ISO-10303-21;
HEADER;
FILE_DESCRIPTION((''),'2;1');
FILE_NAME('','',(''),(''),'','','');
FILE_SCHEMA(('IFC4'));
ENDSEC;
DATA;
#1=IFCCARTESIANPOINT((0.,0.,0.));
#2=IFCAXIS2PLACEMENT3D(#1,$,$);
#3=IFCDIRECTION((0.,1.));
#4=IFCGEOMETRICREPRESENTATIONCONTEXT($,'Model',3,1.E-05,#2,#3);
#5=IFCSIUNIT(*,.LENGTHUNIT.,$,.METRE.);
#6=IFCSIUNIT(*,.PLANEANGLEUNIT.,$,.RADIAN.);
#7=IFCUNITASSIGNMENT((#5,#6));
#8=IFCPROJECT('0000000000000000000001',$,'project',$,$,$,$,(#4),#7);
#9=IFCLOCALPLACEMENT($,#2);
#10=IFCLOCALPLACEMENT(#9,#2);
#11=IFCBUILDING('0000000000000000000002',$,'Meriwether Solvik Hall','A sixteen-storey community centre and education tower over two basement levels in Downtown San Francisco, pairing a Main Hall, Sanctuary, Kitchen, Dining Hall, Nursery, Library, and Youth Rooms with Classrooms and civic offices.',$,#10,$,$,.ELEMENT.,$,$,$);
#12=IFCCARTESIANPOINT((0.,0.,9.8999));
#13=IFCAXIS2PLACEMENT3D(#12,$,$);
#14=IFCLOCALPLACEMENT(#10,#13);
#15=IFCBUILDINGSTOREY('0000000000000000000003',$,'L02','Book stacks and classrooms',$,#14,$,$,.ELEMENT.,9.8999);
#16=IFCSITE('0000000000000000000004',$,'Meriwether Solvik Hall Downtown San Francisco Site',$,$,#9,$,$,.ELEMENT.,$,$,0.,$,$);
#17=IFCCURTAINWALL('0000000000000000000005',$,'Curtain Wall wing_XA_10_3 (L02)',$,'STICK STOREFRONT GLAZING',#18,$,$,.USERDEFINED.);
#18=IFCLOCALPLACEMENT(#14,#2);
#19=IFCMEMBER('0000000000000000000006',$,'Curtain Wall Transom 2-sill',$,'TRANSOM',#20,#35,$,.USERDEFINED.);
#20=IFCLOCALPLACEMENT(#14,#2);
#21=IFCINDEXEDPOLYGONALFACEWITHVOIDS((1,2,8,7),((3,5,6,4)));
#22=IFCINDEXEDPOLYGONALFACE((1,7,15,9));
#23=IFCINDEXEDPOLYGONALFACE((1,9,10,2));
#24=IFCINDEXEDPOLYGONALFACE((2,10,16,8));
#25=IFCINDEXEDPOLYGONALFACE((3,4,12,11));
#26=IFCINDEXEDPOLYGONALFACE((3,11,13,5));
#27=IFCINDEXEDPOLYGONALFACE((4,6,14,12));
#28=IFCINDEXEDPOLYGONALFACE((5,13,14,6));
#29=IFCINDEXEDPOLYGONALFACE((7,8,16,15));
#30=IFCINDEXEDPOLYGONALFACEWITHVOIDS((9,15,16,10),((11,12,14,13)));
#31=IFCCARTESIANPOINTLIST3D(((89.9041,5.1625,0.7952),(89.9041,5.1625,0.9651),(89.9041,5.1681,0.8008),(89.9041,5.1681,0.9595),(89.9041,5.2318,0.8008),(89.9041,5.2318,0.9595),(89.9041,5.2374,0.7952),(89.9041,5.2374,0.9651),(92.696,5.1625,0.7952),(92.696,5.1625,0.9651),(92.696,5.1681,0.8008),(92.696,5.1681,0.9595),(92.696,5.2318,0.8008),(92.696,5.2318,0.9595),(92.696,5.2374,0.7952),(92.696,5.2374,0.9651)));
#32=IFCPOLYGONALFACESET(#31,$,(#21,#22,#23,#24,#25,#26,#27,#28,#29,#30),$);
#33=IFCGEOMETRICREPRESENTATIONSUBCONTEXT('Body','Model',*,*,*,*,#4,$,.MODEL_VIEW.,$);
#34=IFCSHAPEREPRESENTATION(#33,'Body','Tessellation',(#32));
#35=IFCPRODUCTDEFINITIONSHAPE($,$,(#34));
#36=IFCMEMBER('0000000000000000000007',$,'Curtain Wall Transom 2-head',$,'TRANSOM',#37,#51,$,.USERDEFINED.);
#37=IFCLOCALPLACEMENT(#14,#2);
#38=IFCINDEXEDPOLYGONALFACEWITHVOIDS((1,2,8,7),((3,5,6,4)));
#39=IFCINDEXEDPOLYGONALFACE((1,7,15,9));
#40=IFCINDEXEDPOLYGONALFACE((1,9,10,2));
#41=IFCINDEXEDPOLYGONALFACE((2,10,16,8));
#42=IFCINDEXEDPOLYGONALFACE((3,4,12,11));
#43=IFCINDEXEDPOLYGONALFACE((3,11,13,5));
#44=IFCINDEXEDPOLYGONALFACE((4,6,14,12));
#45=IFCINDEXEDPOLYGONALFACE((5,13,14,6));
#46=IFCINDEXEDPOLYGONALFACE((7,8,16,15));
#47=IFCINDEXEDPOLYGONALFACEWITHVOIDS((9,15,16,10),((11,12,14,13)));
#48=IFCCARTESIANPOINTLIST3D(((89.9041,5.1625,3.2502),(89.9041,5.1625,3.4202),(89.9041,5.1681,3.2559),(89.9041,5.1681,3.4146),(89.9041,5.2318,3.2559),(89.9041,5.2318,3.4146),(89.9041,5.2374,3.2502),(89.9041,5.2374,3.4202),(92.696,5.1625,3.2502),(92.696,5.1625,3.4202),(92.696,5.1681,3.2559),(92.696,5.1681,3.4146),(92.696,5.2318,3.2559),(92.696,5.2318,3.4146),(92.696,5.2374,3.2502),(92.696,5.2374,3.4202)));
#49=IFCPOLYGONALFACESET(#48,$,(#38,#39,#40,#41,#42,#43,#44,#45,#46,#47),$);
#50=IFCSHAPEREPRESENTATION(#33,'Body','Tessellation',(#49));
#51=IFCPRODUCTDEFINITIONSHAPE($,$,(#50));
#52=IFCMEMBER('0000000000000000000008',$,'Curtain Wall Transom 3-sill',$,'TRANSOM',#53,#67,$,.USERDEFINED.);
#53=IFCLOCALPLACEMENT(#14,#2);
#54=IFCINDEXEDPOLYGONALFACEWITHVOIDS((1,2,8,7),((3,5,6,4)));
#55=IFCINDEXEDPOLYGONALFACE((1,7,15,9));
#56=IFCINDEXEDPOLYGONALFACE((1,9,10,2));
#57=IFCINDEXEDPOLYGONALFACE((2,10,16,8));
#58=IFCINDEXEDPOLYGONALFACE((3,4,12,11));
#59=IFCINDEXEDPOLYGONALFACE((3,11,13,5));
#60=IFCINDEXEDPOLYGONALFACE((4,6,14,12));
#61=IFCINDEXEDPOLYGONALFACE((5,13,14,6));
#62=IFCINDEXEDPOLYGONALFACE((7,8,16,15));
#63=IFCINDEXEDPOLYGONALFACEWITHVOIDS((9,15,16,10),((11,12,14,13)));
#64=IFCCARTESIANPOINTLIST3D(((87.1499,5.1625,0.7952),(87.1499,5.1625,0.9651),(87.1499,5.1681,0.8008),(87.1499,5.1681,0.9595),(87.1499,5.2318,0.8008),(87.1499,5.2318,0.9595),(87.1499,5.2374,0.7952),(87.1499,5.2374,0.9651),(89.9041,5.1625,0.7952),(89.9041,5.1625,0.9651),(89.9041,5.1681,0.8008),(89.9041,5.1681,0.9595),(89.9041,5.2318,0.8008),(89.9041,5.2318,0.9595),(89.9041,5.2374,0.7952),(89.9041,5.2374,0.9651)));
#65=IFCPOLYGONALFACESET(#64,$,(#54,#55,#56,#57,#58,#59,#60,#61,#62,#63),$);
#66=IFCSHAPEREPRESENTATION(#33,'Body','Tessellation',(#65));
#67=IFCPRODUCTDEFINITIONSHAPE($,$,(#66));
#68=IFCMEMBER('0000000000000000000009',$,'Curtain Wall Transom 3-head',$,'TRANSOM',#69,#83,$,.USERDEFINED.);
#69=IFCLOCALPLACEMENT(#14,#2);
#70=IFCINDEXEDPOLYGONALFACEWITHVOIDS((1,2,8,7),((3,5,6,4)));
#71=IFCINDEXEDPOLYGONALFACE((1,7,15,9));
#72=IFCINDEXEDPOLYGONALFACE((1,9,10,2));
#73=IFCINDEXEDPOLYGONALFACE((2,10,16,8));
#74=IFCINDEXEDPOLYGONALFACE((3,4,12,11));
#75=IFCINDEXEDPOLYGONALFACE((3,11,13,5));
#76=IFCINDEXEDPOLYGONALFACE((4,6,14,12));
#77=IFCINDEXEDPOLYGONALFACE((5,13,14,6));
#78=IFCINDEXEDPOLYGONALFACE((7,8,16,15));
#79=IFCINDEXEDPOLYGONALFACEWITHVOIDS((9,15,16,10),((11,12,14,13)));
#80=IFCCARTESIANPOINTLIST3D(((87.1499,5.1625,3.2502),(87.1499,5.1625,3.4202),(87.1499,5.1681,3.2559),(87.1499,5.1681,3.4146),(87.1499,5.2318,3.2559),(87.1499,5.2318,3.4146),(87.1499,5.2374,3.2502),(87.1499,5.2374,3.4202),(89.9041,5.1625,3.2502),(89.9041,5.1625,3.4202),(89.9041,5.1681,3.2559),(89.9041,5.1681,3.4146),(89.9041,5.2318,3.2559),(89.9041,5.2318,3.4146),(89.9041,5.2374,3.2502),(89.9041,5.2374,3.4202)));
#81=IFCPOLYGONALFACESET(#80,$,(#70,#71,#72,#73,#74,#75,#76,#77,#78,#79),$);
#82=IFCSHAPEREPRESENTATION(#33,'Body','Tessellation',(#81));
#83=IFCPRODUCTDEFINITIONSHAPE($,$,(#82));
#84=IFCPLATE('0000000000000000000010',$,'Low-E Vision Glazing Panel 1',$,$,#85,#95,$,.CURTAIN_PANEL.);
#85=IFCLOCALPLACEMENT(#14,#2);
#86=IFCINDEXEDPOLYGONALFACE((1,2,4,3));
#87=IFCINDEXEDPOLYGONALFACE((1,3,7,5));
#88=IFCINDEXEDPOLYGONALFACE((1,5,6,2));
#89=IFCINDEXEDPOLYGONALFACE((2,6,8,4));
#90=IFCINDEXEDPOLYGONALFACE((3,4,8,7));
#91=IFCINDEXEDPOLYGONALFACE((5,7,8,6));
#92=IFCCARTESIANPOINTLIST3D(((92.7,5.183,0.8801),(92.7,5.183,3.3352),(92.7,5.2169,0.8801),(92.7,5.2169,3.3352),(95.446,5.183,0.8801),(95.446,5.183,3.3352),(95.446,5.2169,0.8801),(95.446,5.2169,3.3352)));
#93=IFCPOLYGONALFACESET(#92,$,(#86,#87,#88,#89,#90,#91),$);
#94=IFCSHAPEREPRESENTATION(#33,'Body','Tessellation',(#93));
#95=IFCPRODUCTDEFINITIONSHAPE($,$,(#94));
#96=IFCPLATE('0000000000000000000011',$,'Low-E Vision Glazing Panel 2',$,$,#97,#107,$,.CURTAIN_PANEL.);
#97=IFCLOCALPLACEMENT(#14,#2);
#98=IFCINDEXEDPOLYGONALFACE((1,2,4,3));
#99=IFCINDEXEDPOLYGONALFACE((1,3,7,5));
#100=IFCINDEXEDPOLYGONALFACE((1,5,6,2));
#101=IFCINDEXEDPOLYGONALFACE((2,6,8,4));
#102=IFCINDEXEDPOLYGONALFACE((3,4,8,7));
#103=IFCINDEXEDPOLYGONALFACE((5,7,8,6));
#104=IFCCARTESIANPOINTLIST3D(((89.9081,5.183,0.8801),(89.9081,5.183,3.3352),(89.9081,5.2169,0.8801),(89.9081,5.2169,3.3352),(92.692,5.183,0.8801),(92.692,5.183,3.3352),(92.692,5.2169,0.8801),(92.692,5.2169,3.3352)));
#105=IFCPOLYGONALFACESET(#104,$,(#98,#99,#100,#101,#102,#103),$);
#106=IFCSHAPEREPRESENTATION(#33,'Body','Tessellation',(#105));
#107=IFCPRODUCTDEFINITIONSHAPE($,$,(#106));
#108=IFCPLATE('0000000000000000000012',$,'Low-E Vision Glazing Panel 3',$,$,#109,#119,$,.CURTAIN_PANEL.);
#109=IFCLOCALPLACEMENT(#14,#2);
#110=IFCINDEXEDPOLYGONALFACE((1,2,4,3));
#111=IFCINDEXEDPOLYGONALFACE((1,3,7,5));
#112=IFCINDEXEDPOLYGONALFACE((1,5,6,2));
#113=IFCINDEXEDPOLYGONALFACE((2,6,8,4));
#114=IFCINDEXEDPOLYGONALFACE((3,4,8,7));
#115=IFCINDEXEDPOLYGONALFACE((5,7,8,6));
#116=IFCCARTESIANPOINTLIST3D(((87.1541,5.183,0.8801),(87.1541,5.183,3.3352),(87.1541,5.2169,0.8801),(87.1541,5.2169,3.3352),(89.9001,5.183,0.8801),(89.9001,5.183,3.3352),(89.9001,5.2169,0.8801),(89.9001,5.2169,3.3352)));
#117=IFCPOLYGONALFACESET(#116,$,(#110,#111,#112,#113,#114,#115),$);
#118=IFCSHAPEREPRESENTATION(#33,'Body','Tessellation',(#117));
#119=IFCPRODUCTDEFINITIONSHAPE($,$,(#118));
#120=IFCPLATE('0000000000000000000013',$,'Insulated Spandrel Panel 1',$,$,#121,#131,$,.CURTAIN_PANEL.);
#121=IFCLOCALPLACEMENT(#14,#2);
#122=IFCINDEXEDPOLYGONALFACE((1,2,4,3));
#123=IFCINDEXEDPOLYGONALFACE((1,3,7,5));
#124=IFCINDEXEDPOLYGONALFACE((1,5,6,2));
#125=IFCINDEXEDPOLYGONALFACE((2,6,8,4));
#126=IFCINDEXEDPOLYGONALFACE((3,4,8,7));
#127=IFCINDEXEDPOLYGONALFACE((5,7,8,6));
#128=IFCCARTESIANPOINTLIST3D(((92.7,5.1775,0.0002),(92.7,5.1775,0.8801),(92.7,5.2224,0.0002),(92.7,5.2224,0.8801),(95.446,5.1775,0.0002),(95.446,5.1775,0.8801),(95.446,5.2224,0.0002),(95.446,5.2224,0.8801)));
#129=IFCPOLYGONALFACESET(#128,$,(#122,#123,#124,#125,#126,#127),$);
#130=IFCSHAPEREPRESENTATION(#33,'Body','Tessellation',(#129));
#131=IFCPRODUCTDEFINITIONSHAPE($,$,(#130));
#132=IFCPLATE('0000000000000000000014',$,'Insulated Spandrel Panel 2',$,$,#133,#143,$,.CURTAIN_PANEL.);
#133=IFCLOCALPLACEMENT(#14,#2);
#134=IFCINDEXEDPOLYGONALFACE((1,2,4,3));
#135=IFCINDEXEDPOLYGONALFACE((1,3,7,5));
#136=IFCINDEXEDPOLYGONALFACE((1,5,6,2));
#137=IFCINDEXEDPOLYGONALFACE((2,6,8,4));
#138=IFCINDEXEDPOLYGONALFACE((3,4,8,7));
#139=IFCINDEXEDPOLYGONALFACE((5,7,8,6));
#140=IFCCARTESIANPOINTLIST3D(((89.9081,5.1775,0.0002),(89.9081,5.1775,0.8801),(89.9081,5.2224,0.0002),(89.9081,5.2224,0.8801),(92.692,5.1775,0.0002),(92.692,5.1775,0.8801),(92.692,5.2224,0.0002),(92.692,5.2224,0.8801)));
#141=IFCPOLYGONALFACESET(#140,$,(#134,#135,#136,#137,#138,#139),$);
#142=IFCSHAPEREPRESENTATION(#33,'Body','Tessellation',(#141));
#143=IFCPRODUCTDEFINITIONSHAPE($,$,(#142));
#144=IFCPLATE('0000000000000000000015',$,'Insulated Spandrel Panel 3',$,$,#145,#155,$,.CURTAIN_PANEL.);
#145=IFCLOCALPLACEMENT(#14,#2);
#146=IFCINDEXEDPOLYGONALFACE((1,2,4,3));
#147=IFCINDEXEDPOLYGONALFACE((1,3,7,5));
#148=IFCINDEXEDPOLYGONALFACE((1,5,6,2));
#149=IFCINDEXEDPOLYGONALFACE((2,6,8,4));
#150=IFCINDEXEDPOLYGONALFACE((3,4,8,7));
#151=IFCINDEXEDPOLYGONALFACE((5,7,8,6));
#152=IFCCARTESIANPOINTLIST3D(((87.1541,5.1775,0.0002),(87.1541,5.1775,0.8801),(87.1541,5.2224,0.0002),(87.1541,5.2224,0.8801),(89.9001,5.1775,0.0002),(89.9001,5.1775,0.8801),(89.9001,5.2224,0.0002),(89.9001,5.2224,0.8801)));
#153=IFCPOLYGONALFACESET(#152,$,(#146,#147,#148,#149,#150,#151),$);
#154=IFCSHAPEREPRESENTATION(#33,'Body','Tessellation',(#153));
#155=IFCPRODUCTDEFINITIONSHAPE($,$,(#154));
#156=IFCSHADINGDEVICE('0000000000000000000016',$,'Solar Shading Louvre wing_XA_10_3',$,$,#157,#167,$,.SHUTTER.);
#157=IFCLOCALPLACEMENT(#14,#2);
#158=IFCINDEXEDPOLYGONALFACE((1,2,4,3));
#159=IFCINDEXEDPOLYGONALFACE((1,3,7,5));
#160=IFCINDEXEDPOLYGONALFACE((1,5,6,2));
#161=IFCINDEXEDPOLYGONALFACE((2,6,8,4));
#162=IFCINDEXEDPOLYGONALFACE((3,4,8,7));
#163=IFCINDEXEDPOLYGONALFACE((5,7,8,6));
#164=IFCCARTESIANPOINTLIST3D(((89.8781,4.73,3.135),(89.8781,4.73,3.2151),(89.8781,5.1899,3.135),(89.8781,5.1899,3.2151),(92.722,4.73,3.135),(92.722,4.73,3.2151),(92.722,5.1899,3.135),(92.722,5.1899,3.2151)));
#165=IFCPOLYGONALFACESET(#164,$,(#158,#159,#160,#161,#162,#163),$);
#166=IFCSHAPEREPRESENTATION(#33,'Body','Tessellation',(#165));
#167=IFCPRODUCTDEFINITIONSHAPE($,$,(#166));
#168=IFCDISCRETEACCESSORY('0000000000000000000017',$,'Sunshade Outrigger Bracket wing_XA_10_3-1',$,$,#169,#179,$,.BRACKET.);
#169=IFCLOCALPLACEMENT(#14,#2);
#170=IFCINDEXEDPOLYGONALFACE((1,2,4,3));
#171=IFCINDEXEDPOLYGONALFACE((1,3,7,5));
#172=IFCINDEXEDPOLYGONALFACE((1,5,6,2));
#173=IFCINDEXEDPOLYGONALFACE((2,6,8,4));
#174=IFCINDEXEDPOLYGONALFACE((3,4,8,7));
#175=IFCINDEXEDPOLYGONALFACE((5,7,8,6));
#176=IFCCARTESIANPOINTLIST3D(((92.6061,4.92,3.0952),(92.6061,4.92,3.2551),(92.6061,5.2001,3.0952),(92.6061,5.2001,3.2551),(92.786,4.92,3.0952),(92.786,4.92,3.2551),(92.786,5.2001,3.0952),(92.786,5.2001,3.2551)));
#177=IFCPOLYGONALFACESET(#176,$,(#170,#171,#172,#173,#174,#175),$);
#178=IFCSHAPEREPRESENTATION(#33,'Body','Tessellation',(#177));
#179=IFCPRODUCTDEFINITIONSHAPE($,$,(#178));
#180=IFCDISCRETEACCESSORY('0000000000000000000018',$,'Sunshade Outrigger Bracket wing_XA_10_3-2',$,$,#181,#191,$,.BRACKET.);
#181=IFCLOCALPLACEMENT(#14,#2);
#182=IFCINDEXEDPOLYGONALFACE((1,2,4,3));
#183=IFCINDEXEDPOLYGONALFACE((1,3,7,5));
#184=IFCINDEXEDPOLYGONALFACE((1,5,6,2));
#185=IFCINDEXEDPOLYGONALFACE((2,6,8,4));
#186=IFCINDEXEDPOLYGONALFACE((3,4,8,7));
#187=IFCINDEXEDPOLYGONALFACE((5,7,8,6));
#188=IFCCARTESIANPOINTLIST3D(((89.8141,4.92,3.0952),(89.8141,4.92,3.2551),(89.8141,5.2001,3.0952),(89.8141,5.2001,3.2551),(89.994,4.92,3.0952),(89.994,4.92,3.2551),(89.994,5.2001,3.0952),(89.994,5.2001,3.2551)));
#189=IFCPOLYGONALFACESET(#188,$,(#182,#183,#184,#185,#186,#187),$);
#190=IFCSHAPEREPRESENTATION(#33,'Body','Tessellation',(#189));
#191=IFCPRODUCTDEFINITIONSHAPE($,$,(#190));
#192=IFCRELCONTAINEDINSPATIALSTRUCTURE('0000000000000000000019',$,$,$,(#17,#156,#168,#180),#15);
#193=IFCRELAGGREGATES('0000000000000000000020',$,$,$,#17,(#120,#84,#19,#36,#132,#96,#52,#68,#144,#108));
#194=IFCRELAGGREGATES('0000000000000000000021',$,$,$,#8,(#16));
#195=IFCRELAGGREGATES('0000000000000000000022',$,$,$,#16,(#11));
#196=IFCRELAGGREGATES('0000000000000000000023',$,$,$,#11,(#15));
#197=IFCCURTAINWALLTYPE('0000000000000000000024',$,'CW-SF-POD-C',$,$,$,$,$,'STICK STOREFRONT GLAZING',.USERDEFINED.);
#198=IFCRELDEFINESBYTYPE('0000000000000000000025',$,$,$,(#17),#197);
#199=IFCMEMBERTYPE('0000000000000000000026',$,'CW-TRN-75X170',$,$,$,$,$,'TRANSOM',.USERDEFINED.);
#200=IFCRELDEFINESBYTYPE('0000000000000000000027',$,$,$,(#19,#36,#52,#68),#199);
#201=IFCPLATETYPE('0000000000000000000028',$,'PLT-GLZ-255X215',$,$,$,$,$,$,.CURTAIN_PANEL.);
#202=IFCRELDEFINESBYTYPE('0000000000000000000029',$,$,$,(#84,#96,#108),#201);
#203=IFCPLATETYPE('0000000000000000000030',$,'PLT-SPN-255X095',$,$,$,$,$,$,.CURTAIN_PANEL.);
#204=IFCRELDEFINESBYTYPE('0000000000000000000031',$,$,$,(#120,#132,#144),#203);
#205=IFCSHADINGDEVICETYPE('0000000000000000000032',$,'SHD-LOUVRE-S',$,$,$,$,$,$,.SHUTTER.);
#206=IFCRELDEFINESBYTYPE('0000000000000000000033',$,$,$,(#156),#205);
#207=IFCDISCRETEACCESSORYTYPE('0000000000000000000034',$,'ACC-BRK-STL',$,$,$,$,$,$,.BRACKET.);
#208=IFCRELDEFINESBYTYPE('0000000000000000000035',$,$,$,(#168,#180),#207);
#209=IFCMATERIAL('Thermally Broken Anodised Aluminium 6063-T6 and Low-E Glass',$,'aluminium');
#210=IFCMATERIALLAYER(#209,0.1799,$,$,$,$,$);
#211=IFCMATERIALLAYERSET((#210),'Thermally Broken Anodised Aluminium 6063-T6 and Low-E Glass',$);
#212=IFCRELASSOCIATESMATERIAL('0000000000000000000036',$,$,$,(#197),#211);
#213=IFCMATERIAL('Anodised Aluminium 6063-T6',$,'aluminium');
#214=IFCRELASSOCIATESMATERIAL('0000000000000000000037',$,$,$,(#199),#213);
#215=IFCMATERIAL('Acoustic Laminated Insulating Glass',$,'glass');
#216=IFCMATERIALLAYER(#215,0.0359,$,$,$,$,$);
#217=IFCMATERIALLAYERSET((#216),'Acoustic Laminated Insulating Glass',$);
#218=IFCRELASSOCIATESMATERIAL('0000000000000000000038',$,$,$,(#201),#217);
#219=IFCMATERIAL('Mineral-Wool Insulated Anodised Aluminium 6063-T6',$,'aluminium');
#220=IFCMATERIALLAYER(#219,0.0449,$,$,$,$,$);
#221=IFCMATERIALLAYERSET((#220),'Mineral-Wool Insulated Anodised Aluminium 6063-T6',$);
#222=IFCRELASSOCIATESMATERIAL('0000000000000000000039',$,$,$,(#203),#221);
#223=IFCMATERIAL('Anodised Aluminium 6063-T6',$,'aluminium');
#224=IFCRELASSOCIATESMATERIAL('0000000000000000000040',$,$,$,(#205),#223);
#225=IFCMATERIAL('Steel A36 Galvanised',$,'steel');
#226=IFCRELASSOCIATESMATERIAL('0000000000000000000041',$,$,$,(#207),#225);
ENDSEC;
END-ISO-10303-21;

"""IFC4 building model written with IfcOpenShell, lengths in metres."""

from ifc_helpers import new_model, si_unit, direction, frame, origin, origin_2d, place, context, subcontext, project, spatial, rectangle, hollow_rectangle, extrude, material, layer, layer_set, material_profile, profile_set, type_object, element, aggregate, save


model = new_model("IFC4")

# Units and contexts
model_context = context("Model", 3, precision=1e-05, world=origin(), true_north=direction((0.0, 1.0)))
body_context = subcontext(model_context, "Body", "Model", "MODEL_VIEW")
ifc_project = project(units=[si_unit("LENGTHUNIT", "METRE"), si_unit("PLANEANGLEUNIT", "RADIAN")], contexts=[model_context])

# Site, building, storey
site_placement = place(None, origin())
site = spatial("IfcSite", under=ifc_project, at=site_placement, Name="Meriwether Solvik Hall Downtown San Francisco Site", CompositionType="ELEMENT", RefElevation=0.0)
building_placement = place(site_placement, origin())
building = spatial("IfcBuilding", under=site, at=building_placement, Name="Meriwether Solvik Hall", Description="A sixteen-storey community centre and education tower over two basement levels in Downtown San Francisco, pairing a Main Hall, Sanctuary, Kitchen, Dining Hall, Nursery, Library, and Youth Rooms with Classrooms and civic offices.", CompositionType="ELEMENT")
storey_placement = place(building_placement, frame((0.0, 0.0, 9.8999)))
storey = spatial("IfcBuildingStorey", under=building, at=storey_placement, Name="L02", Description="Book stacks and classrooms", CompositionType="ELEMENT", Elevation=9.8999)

# Curtain wall, members, plates
ifc_material_1 = material(Name="Thermally Broken Anodised Aluminium 6063-T6 and Low-E Glass", Category="aluminium")
ifc_layer_1 = layer(ifc_material_1, 0.1799)
ifc_layer_set_1 = layer_set([ifc_layer_1], Name="Thermally Broken Anodised Aluminium 6063-T6 and Low-E Glass")
curtain_wall_type = type_object("IfcCurtainWallType", Name="CW-SF-POD-C", ElementType="STICK STOREFRONT GLAZING", PredefinedType="USERDEFINED", material=ifc_layer_set_1)
curtain_wall_placement = place(storey_placement, origin())
curtain_wall = element("IfcCurtainWall", 1, at=curtain_wall_placement, inside=storey, type_object=curtain_wall_type, Name="Curtain Wall wing_XA_10_3 (L02)", ObjectType="STICK STOREFRONT GLAZING", PredefinedType="USERDEFINED")
ifc_material_2 = material(Name="Anodised Aluminium 6063-T6", Category="aluminium")
ifc_material_profile_1 = material_profile(ifc_material_2, hollow_rectangle(XDim=0.075, YDim=0.1699, WallThickness=0.0056, at=origin_2d()), Name="CWT-75X170")
ifc_profile_set_1 = profile_set([ifc_material_profile_1], Name="Anodised Aluminium 6063-T6")
member_type_1 = type_object("IfcMemberType", Name="CW-TRN-75X170", ElementType="TRANSOM", PredefinedType="USERDEFINED", material=ifc_profile_set_1)
member_1_placement = place(storey_placement, frame((92.696, 5.2, 0.8801), z_axis=(-1.0, 0.0, 0.0), x_axis=(0.0, -1.0, 0.0)))
member_1 = element("IfcMember", 2, at=member_1_placement, type_object=member_type_1, Name="Curtain Wall Transom 2-sill", ObjectType="TRANSOM", PredefinedType="USERDEFINED", context=body_context, shape_type="SweptSolid", body=[
    extrude(hollow_rectangle(XDim=0.075, YDim=0.1699, WallThickness=0.0056, at=origin_2d()), origin(), (0.0, 0.0, 1.0), 2.792),
])
member_2_placement = place(storey_placement, frame((92.696, 5.2, 3.3352), z_axis=(-1.0, 0.0, 0.0), x_axis=(0.0, -1.0, 0.0)))
member_2 = element("IfcMember", 3, at=member_2_placement, type_object=member_type_1, Name="Curtain Wall Transom 2-head", ObjectType="TRANSOM", PredefinedType="USERDEFINED", context=body_context, shape_type="SweptSolid", body=[
    extrude(hollow_rectangle(XDim=0.075, YDim=0.1699, WallThickness=0.0056, at=origin_2d()), origin(), (0.0, 0.0, 1.0), 2.792),
])
member_3_placement = place(storey_placement, frame((89.9041, 5.2, 0.8801), z_axis=(-1.0, 0.0, 0.0), x_axis=(0.0, -1.0, 0.0)))
member_3 = element("IfcMember", 4, at=member_3_placement, type_object=member_type_1, Name="Curtain Wall Transom 3-sill", ObjectType="TRANSOM", PredefinedType="USERDEFINED", context=body_context, shape_type="SweptSolid", body=[
    extrude(hollow_rectangle(XDim=0.075, YDim=0.1699, WallThickness=0.0056, at=origin_2d()), origin(), (0.0, 0.0, 1.0), 2.7542),
])
member_4_placement = place(storey_placement, frame((89.9041, 5.2, 3.3352), z_axis=(-1.0, 0.0, 0.0), x_axis=(0.0, -1.0, 0.0)))
member_4 = element("IfcMember", 5, at=member_4_placement, type_object=member_type_1, Name="Curtain Wall Transom 3-head", ObjectType="TRANSOM", PredefinedType="USERDEFINED", context=body_context, shape_type="SweptSolid", body=[
    extrude(hollow_rectangle(XDim=0.075, YDim=0.1699, WallThickness=0.0056, at=origin_2d()), origin(), (0.0, 0.0, 1.0), 2.7542),
])
ifc_material_3 = material(Name="Acoustic Laminated Insulating Glass", Category="glass")
ifc_layer_2 = layer(ifc_material_3, 0.0359)
ifc_layer_set_2 = layer_set([ifc_layer_2], Name="Acoustic Laminated Insulating Glass")
plate_type_1 = type_object("IfcPlateType", Name="PLT-GLZ-255X215", PredefinedType="CURTAIN_PANEL", material=ifc_layer_set_2)
plate_1_placement = place(storey_placement, frame((94.073, 5.2, 0.8801), z_axis=(0.0, 0.0, 1.0), x_axis=(-1.0, 0.0, 0.0)))
plate_1 = element("IfcPlate", 6, at=plate_1_placement, type_object=plate_type_1, Name="Low-E Vision Glazing Panel 1", PredefinedType="CURTAIN_PANEL", context=body_context, shape_type="SweptSolid", body=[
    extrude(rectangle(XDim=2.7461, YDim=0.0339, at=origin_2d()), origin(), (0.0, 0.0, 1.0), 2.4551),
])
plate_2_placement = place(storey_placement, frame((91.3, 5.2, 0.8801), z_axis=(0.0, 0.0, 1.0), x_axis=(-1.0, 0.0, 0.0)))
plate_2 = element("IfcPlate", 7, at=plate_2_placement, type_object=plate_type_1, Name="Low-E Vision Glazing Panel 2", PredefinedType="CURTAIN_PANEL", context=body_context, shape_type="SweptSolid", body=[
    extrude(rectangle(XDim=2.7839, YDim=0.0339, at=origin_2d()), origin(), (0.0, 0.0, 1.0), 2.4551),
])
plate_3_placement = place(storey_placement, frame((88.5271, 5.2, 0.8801), z_axis=(0.0, 0.0, 1.0), x_axis=(-1.0, 0.0, 0.0)))
plate_3 = element("IfcPlate", 8, at=plate_3_placement, type_object=plate_type_1, Name="Low-E Vision Glazing Panel 3", PredefinedType="CURTAIN_PANEL", context=body_context, shape_type="SweptSolid", body=[
    extrude(rectangle(XDim=2.7461, YDim=0.0339, at=origin_2d()), origin(), (0.0, 0.0, 1.0), 2.4551),
])
ifc_material_4 = material(Name="Mineral-Wool Insulated Anodised Aluminium 6063-T6", Category="aluminium")
ifc_layer_3 = layer(ifc_material_4, 0.0449)
ifc_layer_set_3 = layer_set([ifc_layer_3], Name="Mineral-Wool Insulated Anodised Aluminium 6063-T6")
plate_type_2 = type_object("IfcPlateType", Name="PLT-SPN-255X095", PredefinedType="CURTAIN_PANEL", material=ifc_layer_set_3)
plate_4_placement = place(storey_placement, frame((94.073, 5.2, 0.0002), z_axis=(0.0, 0.0, 1.0), x_axis=(-1.0, 0.0, 0.0)))
plate_4 = element("IfcPlate", 9, at=plate_4_placement, type_object=plate_type_2, Name="Insulated Spandrel Panel 1", PredefinedType="CURTAIN_PANEL", context=body_context, shape_type="SweptSolid", body=[
    extrude(rectangle(XDim=2.7461, YDim=0.0449, at=origin_2d()), origin(), (0.0, 0.0, 1.0), 0.8799),
])
plate_5_placement = place(storey_placement, frame((91.3, 5.2, 0.0002), z_axis=(0.0, 0.0, 1.0), x_axis=(-1.0, 0.0, 0.0)))
plate_5 = element("IfcPlate", 10, at=plate_5_placement, type_object=plate_type_2, Name="Insulated Spandrel Panel 2", PredefinedType="CURTAIN_PANEL", context=body_context, shape_type="SweptSolid", body=[
    extrude(rectangle(XDim=2.7839, YDim=0.0449, at=origin_2d()), origin(), (0.0, 0.0, 1.0), 0.8799),
])
plate_6_placement = place(storey_placement, frame((88.5271, 5.2, 0.0002), z_axis=(0.0, 0.0, 1.0), x_axis=(-1.0, 0.0, 0.0)))
plate_6 = element("IfcPlate", 11, at=plate_6_placement, type_object=plate_type_2, Name="Insulated Spandrel Panel 3", PredefinedType="CURTAIN_PANEL", context=body_context, shape_type="SweptSolid", body=[
    extrude(rectangle(XDim=2.7461, YDim=0.0449, at=origin_2d()), origin(), (0.0, 0.0, 1.0), 0.8799),
])
aggregate(curtain_wall, [plate_4, plate_1, member_1, member_2, plate_5, plate_2, member_3, member_4, plate_6, plate_3])

# Shading device
ifc_material_5 = material(Name="Anodised Aluminium 6063-T6", Category="aluminium")
shading_device_type = type_object("IfcShadingDeviceType", Name="SHD-LOUVRE-S", PredefinedType="SHUTTER", material=ifc_material_5)
shading_device_placement = place(storey_placement, frame((91.3, 4.96, 3.135), z_axis=(0.0, 0.0, 1.0), x_axis=(-1.0, 0.0, 0.0)))
element("IfcShadingDevice", 12, at=shading_device_placement, inside=storey, type_object=shading_device_type, Name="Solar Shading Louvre wing_XA_10_3", PredefinedType="SHUTTER", context=body_context, shape_type="SweptSolid", body=[
    extrude(rectangle(XDim=2.844, YDim=0.46, at=origin_2d()), origin(), (0.0, 0.0, 1.0), 0.0801),
])

# Discrete accessories
ifc_material_6 = material(Name="Steel A36 Galvanised", Category="steel")
discrete_accessory_type = type_object("IfcDiscreteAccessoryType", Name="ACC-BRK-STL", PredefinedType="BRACKET", material=ifc_material_6)
for number, where, z_axis, x_axis, name in (
    (13, (92.696, 5.0601, 3.0952), (0.0, 0.0, 1.0), (-1.0, 0.0, 0.0), "Sunshade Outrigger Bracket wing_XA_10_3-1"),
    (14, (89.9041, 5.0601, 3.0952), (0.0, 0.0, 1.0), (-1.0, 0.0, 0.0), "Sunshade Outrigger Bracket wing_XA_10_3-2"),
):
    element("IfcDiscreteAccessory", number, at=place(storey_placement, frame(where, z_axis=z_axis, x_axis=x_axis)), inside=storey, type_object=discrete_accessory_type, Name=name, PredefinedType="BRACKET", context=body_context, shape_type="SweptSolid", body=[
        extrude(rectangle(XDim=0.1799, YDim=0.28, at=origin_2d()), origin(), (0.0, 0.0, 1.0), 0.1599),
    ])

save(model, "model.ifc")
